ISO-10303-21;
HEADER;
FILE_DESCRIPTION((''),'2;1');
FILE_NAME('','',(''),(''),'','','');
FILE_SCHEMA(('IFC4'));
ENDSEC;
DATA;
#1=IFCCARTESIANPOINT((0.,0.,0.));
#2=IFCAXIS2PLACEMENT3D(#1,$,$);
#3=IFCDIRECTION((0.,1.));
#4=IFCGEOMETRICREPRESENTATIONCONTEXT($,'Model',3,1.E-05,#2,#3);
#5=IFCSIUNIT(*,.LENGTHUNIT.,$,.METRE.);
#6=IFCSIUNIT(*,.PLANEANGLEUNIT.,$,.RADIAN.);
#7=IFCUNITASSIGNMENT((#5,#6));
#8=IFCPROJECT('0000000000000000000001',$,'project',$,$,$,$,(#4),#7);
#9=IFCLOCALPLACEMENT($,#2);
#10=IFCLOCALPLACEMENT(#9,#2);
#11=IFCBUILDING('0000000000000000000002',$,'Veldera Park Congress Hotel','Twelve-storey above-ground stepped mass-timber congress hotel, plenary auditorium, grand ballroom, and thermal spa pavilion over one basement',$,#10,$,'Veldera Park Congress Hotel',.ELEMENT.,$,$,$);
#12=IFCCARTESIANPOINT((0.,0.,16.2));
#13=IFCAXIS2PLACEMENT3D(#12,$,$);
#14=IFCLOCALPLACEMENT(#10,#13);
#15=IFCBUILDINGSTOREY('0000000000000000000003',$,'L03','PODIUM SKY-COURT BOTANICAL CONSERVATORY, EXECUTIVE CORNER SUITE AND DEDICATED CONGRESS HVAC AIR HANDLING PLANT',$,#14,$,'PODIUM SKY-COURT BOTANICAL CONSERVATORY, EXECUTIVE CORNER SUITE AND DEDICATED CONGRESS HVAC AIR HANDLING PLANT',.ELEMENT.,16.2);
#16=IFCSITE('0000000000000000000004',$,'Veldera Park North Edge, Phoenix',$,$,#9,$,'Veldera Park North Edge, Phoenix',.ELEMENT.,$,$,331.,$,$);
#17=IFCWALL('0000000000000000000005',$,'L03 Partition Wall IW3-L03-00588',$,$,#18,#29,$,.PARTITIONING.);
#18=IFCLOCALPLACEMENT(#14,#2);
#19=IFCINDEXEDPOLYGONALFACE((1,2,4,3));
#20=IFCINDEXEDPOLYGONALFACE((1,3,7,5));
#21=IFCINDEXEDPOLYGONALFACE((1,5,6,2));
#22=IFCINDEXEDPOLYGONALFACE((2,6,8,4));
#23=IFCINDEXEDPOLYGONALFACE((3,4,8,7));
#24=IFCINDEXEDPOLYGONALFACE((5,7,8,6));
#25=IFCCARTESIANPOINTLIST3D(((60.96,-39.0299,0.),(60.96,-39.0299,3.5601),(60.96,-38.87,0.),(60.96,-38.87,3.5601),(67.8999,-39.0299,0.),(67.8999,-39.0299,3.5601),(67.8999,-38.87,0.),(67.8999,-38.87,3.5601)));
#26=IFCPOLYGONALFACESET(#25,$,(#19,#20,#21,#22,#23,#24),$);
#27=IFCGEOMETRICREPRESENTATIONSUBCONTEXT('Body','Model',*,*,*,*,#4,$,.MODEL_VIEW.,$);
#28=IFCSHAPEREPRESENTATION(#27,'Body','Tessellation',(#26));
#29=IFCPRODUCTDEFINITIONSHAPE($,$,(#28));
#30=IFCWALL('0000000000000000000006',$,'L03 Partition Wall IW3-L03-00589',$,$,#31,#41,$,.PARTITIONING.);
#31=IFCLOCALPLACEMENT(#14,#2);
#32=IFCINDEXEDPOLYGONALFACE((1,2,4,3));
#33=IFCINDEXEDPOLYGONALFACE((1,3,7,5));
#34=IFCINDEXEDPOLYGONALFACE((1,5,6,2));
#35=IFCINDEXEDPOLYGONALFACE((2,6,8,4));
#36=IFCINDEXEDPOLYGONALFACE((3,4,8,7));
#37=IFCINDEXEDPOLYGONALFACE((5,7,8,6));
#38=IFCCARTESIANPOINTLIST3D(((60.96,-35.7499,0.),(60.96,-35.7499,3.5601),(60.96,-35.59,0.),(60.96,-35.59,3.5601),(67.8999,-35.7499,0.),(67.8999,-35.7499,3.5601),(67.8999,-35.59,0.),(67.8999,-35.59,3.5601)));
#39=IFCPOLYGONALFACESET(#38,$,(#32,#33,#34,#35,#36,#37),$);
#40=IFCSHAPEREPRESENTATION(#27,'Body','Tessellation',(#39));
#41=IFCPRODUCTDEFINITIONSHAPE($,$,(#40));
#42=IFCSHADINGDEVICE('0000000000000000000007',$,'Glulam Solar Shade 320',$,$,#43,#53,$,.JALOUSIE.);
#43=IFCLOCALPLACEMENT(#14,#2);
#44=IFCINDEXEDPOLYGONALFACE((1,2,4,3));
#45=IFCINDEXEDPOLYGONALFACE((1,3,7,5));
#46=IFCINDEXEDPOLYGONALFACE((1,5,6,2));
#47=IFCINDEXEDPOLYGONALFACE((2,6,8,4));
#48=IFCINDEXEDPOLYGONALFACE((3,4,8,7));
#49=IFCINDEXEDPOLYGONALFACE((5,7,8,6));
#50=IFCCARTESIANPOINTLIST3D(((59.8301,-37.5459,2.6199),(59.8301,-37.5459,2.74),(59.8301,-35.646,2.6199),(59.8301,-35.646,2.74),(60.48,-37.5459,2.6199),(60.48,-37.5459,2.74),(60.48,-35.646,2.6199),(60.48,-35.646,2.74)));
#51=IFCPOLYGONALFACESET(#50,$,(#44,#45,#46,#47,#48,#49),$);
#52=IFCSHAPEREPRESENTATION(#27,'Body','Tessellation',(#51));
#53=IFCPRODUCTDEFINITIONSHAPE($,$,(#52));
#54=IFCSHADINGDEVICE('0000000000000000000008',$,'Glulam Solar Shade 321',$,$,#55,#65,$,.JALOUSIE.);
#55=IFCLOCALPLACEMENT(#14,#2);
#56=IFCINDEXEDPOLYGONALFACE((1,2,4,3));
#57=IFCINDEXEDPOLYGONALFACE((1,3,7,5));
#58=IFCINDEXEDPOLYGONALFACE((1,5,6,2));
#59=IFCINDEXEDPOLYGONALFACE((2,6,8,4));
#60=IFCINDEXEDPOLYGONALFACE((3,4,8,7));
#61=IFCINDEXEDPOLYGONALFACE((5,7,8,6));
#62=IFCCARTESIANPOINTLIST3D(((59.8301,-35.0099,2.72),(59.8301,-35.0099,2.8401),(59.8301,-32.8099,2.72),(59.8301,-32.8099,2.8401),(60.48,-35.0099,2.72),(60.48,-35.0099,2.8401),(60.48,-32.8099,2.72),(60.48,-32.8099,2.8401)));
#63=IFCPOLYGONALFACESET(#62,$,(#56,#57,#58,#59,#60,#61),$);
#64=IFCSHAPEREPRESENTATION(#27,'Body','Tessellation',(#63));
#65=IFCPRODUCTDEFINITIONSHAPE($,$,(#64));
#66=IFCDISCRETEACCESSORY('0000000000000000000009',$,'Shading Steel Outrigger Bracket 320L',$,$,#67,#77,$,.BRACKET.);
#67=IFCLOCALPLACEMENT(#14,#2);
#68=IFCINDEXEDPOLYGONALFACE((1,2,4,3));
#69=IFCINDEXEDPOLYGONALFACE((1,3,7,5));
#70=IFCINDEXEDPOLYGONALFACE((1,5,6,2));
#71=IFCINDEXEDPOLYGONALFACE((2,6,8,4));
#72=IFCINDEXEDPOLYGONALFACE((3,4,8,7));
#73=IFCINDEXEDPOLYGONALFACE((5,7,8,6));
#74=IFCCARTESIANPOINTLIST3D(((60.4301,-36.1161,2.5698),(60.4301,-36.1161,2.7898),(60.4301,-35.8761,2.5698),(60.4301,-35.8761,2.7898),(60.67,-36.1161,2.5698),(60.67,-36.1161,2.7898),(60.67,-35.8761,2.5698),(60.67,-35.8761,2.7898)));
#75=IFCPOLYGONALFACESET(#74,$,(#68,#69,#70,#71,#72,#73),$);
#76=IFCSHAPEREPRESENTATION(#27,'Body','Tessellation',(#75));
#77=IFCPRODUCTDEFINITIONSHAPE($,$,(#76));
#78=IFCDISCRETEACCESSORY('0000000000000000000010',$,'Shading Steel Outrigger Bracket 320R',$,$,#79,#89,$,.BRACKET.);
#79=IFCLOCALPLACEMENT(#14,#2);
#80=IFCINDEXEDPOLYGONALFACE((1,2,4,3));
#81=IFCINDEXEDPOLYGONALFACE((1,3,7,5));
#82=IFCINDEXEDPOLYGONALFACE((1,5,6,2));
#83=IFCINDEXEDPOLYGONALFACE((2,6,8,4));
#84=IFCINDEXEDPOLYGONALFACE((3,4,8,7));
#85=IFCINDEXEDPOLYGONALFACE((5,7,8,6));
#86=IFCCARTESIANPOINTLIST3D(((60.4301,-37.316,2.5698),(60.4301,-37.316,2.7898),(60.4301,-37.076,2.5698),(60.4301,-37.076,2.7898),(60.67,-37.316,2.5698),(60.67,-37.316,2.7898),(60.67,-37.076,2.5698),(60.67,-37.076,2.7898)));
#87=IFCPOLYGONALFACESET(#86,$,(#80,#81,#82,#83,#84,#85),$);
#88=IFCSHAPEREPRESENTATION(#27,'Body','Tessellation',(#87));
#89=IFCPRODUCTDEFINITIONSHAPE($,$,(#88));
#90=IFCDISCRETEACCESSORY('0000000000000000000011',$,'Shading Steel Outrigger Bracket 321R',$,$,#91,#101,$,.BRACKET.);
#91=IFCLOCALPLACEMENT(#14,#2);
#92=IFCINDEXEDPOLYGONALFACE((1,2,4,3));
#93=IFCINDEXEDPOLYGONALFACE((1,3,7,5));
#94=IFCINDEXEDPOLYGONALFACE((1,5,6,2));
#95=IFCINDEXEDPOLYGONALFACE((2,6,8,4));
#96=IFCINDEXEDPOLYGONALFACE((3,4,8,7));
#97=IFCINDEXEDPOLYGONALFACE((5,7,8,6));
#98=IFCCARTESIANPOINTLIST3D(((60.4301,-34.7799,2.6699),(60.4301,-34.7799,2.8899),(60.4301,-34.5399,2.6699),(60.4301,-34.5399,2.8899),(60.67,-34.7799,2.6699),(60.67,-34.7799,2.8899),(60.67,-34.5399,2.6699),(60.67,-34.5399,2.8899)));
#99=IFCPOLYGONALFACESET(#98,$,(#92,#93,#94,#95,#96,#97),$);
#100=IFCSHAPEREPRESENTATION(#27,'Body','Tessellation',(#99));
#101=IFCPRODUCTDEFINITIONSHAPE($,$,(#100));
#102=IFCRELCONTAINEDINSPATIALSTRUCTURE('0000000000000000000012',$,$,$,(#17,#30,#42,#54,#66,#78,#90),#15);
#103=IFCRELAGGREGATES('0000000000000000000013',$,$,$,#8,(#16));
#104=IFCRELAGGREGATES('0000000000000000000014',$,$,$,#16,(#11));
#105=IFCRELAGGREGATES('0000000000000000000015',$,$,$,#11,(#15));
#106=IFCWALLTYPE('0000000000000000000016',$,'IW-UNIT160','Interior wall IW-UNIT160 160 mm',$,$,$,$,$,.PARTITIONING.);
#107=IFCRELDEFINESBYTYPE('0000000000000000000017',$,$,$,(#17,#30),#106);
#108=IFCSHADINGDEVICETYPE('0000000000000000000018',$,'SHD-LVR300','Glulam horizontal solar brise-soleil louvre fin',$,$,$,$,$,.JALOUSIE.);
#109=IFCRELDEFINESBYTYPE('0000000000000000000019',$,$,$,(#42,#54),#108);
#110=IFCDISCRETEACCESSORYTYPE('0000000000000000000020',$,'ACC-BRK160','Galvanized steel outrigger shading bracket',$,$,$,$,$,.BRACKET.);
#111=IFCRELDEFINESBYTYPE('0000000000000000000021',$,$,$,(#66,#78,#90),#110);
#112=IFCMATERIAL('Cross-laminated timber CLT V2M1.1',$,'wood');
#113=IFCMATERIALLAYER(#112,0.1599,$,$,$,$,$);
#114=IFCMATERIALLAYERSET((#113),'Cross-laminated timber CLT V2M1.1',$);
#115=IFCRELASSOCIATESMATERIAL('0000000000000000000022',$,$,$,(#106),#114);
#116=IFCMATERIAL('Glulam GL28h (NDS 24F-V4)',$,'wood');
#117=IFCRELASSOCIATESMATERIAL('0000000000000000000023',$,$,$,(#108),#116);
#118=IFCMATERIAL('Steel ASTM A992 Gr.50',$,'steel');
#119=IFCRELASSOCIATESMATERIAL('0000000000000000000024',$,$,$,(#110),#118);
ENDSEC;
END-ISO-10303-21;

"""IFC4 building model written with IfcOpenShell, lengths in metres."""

from ifc_helpers import new_model, si_unit, direction, frame, frame_2d, origin, origin_2d, place, context, subcontext, project, spatial, rectangle, extrude, material, layer, layer_set, type_object, element, save


model = new_model("IFC4")

# Units and contexts
model_context = context("Model", 3, precision=1e-05, world=origin(), true_north=direction((0.0, 1.0)))
body_context = subcontext(model_context, "Body", "Model", "MODEL_VIEW")
ifc_project = project(units=[si_unit("LENGTHUNIT", "METRE"), si_unit("PLANEANGLEUNIT", "RADIAN")], contexts=[model_context])

# Site, building, storey
site_placement = place(None, origin())
site = spatial("IfcSite", under=ifc_project, at=site_placement, Name="Veldera Park North Edge, Phoenix", LongName="Veldera Park North Edge, Phoenix", CompositionType="ELEMENT", RefElevation=331.0)
building_placement = place(site_placement, origin())
building = spatial("IfcBuilding", under=site, at=building_placement, Name="Veldera Park Congress Hotel", Description="Twelve-storey above-ground stepped mass-timber congress hotel, plenary auditorium, grand ballroom, and thermal spa pavilion over one basement", LongName="Veldera Park Congress Hotel", CompositionType="ELEMENT")
storey_placement = place(building_placement, frame((0.0, 0.0, 16.2)))
storey = spatial("IfcBuildingStorey", under=building, at=storey_placement, Name="L03", Description="PODIUM SKY-COURT BOTANICAL CONSERVATORY, EXECUTIVE CORNER SUITE AND DEDICATED CONGRESS HVAC AIR HANDLING PLANT", LongName="PODIUM SKY-COURT BOTANICAL CONSERVATORY, EXECUTIVE CORNER SUITE AND DEDICATED CONGRESS HVAC AIR HANDLING PLANT", CompositionType="ELEMENT", Elevation=16.2)

# Shared definitions
ifc_material_1 = material(Name="Glulam GL28h (NDS 24F-V4)", Category="wood")

# Shared definitions
ifc_material_2 = material(Name="Cross-laminated timber CLT V2M1.1", Category="wood")

# Walls
ifc_layer_1 = layer(ifc_material_2, 0.1599)
ifc_layer_set_1 = layer_set([ifc_layer_1], Name="Cross-laminated timber CLT V2M1.1")
wall_type_1 = type_object("IfcWallType", Name="IW-UNIT160", Description="Interior wall IW-UNIT160 160 mm", PredefinedType="PARTITIONING", material=ifc_layer_set_1)
for number, where, z_axis, x_axis, name in (
    (1, (60.96, -38.95, 0.0), (0.0, 0.0, 1.0), (1.0, 0.0, 0.0), "L03 Partition Wall IW3-L03-00588"),
    (2, (60.96, -35.6699, 0.0), (0.0, 0.0, 1.0), (1.0, 0.0, 0.0), "L03 Partition Wall IW3-L03-00589"),
):
    element("IfcWall", number, at=place(storey_placement, frame(where, z_axis=z_axis, x_axis=x_axis)), inside=storey, type_object=wall_type_1, Name=name, PredefinedType="PARTITIONING", context=body_context, shape_type="SweptSolid", body=[
        extrude(rectangle(XDim=6.9399, YDim=0.1599, at=frame_2d((3.47, 0.0))), origin(), (0.0, 0.0, 1.0), 3.5601),
    ])

# Shading devices
shading_device_type = type_object("IfcShadingDeviceType", Name="SHD-LVR300", Description="Glulam horizontal solar brise-soleil louvre fin", PredefinedType="JALOUSIE", material=ifc_material_1)
shading_device_1_placement = place(storey_placement, frame((60.155, -36.5959, 2.6199), z_axis=(0.0, 0.0, 1.0), x_axis=(0.0, -1.0, 0.0)))
element("IfcShadingDevice", 3, at=shading_device_1_placement, inside=storey, type_object=shading_device_type, Name="Glulam Solar Shade 320", PredefinedType="JALOUSIE", context=body_context, shape_type="SweptSolid", body=[
    extrude(rectangle(XDim=1.8999, YDim=0.6499, at=origin_2d()), origin(), (0.0, 0.0, 1.0), 0.1201),
])
shading_device_2_placement = place(storey_placement, frame((60.155, -33.9099, 2.72), z_axis=(0.0, 0.0, 1.0), x_axis=(0.0, -1.0, 0.0)))
element("IfcShadingDevice", 4, at=shading_device_2_placement, inside=storey, type_object=shading_device_type, Name="Glulam Solar Shade 321", PredefinedType="JALOUSIE", context=body_context, shape_type="SweptSolid", body=[
    extrude(rectangle(XDim=2.2, YDim=0.6499, at=origin_2d()), origin(), (0.0, 0.0, 1.0), 0.1201),
])

# Discrete accessories
ifc_material_3 = material(Name="Steel ASTM A992 Gr.50", Category="steel")
discrete_accessory_type = type_object("IfcDiscreteAccessoryType", Name="ACC-BRK160", Description="Galvanized steel outrigger shading bracket", PredefinedType="BRACKET", material=ifc_material_3)
for number, where, z_axis, x_axis, name in (
    (5, (60.55, -35.9961, 2.5698), (0.0, 0.0, 1.0), (0.0, -1.0, 0.0), "Shading Steel Outrigger Bracket 320L"),
    (6, (60.55, -37.196, 2.5698), (0.0, 0.0, 1.0), (0.0, -1.0, 0.0), "Shading Steel Outrigger Bracket 320R"),
    (7, (60.55, -34.6599, 2.6699), (0.0, 0.0, 1.0), (0.0, -1.0, 0.0), "Shading Steel Outrigger Bracket 321R"),
):
    element("IfcDiscreteAccessory", number, at=place(storey_placement, frame(where, z_axis=z_axis, x_axis=x_axis)), inside=storey, type_object=discrete_accessory_type, Name=name, PredefinedType="BRACKET", context=body_context, shape_type="SweptSolid", body=[
        extrude(rectangle(XDim=0.24, YDim=0.24, at=origin_2d()), origin(), (0.0, 0.0, 1.0), 0.22),
    ])

save(model, "model.ifc")
